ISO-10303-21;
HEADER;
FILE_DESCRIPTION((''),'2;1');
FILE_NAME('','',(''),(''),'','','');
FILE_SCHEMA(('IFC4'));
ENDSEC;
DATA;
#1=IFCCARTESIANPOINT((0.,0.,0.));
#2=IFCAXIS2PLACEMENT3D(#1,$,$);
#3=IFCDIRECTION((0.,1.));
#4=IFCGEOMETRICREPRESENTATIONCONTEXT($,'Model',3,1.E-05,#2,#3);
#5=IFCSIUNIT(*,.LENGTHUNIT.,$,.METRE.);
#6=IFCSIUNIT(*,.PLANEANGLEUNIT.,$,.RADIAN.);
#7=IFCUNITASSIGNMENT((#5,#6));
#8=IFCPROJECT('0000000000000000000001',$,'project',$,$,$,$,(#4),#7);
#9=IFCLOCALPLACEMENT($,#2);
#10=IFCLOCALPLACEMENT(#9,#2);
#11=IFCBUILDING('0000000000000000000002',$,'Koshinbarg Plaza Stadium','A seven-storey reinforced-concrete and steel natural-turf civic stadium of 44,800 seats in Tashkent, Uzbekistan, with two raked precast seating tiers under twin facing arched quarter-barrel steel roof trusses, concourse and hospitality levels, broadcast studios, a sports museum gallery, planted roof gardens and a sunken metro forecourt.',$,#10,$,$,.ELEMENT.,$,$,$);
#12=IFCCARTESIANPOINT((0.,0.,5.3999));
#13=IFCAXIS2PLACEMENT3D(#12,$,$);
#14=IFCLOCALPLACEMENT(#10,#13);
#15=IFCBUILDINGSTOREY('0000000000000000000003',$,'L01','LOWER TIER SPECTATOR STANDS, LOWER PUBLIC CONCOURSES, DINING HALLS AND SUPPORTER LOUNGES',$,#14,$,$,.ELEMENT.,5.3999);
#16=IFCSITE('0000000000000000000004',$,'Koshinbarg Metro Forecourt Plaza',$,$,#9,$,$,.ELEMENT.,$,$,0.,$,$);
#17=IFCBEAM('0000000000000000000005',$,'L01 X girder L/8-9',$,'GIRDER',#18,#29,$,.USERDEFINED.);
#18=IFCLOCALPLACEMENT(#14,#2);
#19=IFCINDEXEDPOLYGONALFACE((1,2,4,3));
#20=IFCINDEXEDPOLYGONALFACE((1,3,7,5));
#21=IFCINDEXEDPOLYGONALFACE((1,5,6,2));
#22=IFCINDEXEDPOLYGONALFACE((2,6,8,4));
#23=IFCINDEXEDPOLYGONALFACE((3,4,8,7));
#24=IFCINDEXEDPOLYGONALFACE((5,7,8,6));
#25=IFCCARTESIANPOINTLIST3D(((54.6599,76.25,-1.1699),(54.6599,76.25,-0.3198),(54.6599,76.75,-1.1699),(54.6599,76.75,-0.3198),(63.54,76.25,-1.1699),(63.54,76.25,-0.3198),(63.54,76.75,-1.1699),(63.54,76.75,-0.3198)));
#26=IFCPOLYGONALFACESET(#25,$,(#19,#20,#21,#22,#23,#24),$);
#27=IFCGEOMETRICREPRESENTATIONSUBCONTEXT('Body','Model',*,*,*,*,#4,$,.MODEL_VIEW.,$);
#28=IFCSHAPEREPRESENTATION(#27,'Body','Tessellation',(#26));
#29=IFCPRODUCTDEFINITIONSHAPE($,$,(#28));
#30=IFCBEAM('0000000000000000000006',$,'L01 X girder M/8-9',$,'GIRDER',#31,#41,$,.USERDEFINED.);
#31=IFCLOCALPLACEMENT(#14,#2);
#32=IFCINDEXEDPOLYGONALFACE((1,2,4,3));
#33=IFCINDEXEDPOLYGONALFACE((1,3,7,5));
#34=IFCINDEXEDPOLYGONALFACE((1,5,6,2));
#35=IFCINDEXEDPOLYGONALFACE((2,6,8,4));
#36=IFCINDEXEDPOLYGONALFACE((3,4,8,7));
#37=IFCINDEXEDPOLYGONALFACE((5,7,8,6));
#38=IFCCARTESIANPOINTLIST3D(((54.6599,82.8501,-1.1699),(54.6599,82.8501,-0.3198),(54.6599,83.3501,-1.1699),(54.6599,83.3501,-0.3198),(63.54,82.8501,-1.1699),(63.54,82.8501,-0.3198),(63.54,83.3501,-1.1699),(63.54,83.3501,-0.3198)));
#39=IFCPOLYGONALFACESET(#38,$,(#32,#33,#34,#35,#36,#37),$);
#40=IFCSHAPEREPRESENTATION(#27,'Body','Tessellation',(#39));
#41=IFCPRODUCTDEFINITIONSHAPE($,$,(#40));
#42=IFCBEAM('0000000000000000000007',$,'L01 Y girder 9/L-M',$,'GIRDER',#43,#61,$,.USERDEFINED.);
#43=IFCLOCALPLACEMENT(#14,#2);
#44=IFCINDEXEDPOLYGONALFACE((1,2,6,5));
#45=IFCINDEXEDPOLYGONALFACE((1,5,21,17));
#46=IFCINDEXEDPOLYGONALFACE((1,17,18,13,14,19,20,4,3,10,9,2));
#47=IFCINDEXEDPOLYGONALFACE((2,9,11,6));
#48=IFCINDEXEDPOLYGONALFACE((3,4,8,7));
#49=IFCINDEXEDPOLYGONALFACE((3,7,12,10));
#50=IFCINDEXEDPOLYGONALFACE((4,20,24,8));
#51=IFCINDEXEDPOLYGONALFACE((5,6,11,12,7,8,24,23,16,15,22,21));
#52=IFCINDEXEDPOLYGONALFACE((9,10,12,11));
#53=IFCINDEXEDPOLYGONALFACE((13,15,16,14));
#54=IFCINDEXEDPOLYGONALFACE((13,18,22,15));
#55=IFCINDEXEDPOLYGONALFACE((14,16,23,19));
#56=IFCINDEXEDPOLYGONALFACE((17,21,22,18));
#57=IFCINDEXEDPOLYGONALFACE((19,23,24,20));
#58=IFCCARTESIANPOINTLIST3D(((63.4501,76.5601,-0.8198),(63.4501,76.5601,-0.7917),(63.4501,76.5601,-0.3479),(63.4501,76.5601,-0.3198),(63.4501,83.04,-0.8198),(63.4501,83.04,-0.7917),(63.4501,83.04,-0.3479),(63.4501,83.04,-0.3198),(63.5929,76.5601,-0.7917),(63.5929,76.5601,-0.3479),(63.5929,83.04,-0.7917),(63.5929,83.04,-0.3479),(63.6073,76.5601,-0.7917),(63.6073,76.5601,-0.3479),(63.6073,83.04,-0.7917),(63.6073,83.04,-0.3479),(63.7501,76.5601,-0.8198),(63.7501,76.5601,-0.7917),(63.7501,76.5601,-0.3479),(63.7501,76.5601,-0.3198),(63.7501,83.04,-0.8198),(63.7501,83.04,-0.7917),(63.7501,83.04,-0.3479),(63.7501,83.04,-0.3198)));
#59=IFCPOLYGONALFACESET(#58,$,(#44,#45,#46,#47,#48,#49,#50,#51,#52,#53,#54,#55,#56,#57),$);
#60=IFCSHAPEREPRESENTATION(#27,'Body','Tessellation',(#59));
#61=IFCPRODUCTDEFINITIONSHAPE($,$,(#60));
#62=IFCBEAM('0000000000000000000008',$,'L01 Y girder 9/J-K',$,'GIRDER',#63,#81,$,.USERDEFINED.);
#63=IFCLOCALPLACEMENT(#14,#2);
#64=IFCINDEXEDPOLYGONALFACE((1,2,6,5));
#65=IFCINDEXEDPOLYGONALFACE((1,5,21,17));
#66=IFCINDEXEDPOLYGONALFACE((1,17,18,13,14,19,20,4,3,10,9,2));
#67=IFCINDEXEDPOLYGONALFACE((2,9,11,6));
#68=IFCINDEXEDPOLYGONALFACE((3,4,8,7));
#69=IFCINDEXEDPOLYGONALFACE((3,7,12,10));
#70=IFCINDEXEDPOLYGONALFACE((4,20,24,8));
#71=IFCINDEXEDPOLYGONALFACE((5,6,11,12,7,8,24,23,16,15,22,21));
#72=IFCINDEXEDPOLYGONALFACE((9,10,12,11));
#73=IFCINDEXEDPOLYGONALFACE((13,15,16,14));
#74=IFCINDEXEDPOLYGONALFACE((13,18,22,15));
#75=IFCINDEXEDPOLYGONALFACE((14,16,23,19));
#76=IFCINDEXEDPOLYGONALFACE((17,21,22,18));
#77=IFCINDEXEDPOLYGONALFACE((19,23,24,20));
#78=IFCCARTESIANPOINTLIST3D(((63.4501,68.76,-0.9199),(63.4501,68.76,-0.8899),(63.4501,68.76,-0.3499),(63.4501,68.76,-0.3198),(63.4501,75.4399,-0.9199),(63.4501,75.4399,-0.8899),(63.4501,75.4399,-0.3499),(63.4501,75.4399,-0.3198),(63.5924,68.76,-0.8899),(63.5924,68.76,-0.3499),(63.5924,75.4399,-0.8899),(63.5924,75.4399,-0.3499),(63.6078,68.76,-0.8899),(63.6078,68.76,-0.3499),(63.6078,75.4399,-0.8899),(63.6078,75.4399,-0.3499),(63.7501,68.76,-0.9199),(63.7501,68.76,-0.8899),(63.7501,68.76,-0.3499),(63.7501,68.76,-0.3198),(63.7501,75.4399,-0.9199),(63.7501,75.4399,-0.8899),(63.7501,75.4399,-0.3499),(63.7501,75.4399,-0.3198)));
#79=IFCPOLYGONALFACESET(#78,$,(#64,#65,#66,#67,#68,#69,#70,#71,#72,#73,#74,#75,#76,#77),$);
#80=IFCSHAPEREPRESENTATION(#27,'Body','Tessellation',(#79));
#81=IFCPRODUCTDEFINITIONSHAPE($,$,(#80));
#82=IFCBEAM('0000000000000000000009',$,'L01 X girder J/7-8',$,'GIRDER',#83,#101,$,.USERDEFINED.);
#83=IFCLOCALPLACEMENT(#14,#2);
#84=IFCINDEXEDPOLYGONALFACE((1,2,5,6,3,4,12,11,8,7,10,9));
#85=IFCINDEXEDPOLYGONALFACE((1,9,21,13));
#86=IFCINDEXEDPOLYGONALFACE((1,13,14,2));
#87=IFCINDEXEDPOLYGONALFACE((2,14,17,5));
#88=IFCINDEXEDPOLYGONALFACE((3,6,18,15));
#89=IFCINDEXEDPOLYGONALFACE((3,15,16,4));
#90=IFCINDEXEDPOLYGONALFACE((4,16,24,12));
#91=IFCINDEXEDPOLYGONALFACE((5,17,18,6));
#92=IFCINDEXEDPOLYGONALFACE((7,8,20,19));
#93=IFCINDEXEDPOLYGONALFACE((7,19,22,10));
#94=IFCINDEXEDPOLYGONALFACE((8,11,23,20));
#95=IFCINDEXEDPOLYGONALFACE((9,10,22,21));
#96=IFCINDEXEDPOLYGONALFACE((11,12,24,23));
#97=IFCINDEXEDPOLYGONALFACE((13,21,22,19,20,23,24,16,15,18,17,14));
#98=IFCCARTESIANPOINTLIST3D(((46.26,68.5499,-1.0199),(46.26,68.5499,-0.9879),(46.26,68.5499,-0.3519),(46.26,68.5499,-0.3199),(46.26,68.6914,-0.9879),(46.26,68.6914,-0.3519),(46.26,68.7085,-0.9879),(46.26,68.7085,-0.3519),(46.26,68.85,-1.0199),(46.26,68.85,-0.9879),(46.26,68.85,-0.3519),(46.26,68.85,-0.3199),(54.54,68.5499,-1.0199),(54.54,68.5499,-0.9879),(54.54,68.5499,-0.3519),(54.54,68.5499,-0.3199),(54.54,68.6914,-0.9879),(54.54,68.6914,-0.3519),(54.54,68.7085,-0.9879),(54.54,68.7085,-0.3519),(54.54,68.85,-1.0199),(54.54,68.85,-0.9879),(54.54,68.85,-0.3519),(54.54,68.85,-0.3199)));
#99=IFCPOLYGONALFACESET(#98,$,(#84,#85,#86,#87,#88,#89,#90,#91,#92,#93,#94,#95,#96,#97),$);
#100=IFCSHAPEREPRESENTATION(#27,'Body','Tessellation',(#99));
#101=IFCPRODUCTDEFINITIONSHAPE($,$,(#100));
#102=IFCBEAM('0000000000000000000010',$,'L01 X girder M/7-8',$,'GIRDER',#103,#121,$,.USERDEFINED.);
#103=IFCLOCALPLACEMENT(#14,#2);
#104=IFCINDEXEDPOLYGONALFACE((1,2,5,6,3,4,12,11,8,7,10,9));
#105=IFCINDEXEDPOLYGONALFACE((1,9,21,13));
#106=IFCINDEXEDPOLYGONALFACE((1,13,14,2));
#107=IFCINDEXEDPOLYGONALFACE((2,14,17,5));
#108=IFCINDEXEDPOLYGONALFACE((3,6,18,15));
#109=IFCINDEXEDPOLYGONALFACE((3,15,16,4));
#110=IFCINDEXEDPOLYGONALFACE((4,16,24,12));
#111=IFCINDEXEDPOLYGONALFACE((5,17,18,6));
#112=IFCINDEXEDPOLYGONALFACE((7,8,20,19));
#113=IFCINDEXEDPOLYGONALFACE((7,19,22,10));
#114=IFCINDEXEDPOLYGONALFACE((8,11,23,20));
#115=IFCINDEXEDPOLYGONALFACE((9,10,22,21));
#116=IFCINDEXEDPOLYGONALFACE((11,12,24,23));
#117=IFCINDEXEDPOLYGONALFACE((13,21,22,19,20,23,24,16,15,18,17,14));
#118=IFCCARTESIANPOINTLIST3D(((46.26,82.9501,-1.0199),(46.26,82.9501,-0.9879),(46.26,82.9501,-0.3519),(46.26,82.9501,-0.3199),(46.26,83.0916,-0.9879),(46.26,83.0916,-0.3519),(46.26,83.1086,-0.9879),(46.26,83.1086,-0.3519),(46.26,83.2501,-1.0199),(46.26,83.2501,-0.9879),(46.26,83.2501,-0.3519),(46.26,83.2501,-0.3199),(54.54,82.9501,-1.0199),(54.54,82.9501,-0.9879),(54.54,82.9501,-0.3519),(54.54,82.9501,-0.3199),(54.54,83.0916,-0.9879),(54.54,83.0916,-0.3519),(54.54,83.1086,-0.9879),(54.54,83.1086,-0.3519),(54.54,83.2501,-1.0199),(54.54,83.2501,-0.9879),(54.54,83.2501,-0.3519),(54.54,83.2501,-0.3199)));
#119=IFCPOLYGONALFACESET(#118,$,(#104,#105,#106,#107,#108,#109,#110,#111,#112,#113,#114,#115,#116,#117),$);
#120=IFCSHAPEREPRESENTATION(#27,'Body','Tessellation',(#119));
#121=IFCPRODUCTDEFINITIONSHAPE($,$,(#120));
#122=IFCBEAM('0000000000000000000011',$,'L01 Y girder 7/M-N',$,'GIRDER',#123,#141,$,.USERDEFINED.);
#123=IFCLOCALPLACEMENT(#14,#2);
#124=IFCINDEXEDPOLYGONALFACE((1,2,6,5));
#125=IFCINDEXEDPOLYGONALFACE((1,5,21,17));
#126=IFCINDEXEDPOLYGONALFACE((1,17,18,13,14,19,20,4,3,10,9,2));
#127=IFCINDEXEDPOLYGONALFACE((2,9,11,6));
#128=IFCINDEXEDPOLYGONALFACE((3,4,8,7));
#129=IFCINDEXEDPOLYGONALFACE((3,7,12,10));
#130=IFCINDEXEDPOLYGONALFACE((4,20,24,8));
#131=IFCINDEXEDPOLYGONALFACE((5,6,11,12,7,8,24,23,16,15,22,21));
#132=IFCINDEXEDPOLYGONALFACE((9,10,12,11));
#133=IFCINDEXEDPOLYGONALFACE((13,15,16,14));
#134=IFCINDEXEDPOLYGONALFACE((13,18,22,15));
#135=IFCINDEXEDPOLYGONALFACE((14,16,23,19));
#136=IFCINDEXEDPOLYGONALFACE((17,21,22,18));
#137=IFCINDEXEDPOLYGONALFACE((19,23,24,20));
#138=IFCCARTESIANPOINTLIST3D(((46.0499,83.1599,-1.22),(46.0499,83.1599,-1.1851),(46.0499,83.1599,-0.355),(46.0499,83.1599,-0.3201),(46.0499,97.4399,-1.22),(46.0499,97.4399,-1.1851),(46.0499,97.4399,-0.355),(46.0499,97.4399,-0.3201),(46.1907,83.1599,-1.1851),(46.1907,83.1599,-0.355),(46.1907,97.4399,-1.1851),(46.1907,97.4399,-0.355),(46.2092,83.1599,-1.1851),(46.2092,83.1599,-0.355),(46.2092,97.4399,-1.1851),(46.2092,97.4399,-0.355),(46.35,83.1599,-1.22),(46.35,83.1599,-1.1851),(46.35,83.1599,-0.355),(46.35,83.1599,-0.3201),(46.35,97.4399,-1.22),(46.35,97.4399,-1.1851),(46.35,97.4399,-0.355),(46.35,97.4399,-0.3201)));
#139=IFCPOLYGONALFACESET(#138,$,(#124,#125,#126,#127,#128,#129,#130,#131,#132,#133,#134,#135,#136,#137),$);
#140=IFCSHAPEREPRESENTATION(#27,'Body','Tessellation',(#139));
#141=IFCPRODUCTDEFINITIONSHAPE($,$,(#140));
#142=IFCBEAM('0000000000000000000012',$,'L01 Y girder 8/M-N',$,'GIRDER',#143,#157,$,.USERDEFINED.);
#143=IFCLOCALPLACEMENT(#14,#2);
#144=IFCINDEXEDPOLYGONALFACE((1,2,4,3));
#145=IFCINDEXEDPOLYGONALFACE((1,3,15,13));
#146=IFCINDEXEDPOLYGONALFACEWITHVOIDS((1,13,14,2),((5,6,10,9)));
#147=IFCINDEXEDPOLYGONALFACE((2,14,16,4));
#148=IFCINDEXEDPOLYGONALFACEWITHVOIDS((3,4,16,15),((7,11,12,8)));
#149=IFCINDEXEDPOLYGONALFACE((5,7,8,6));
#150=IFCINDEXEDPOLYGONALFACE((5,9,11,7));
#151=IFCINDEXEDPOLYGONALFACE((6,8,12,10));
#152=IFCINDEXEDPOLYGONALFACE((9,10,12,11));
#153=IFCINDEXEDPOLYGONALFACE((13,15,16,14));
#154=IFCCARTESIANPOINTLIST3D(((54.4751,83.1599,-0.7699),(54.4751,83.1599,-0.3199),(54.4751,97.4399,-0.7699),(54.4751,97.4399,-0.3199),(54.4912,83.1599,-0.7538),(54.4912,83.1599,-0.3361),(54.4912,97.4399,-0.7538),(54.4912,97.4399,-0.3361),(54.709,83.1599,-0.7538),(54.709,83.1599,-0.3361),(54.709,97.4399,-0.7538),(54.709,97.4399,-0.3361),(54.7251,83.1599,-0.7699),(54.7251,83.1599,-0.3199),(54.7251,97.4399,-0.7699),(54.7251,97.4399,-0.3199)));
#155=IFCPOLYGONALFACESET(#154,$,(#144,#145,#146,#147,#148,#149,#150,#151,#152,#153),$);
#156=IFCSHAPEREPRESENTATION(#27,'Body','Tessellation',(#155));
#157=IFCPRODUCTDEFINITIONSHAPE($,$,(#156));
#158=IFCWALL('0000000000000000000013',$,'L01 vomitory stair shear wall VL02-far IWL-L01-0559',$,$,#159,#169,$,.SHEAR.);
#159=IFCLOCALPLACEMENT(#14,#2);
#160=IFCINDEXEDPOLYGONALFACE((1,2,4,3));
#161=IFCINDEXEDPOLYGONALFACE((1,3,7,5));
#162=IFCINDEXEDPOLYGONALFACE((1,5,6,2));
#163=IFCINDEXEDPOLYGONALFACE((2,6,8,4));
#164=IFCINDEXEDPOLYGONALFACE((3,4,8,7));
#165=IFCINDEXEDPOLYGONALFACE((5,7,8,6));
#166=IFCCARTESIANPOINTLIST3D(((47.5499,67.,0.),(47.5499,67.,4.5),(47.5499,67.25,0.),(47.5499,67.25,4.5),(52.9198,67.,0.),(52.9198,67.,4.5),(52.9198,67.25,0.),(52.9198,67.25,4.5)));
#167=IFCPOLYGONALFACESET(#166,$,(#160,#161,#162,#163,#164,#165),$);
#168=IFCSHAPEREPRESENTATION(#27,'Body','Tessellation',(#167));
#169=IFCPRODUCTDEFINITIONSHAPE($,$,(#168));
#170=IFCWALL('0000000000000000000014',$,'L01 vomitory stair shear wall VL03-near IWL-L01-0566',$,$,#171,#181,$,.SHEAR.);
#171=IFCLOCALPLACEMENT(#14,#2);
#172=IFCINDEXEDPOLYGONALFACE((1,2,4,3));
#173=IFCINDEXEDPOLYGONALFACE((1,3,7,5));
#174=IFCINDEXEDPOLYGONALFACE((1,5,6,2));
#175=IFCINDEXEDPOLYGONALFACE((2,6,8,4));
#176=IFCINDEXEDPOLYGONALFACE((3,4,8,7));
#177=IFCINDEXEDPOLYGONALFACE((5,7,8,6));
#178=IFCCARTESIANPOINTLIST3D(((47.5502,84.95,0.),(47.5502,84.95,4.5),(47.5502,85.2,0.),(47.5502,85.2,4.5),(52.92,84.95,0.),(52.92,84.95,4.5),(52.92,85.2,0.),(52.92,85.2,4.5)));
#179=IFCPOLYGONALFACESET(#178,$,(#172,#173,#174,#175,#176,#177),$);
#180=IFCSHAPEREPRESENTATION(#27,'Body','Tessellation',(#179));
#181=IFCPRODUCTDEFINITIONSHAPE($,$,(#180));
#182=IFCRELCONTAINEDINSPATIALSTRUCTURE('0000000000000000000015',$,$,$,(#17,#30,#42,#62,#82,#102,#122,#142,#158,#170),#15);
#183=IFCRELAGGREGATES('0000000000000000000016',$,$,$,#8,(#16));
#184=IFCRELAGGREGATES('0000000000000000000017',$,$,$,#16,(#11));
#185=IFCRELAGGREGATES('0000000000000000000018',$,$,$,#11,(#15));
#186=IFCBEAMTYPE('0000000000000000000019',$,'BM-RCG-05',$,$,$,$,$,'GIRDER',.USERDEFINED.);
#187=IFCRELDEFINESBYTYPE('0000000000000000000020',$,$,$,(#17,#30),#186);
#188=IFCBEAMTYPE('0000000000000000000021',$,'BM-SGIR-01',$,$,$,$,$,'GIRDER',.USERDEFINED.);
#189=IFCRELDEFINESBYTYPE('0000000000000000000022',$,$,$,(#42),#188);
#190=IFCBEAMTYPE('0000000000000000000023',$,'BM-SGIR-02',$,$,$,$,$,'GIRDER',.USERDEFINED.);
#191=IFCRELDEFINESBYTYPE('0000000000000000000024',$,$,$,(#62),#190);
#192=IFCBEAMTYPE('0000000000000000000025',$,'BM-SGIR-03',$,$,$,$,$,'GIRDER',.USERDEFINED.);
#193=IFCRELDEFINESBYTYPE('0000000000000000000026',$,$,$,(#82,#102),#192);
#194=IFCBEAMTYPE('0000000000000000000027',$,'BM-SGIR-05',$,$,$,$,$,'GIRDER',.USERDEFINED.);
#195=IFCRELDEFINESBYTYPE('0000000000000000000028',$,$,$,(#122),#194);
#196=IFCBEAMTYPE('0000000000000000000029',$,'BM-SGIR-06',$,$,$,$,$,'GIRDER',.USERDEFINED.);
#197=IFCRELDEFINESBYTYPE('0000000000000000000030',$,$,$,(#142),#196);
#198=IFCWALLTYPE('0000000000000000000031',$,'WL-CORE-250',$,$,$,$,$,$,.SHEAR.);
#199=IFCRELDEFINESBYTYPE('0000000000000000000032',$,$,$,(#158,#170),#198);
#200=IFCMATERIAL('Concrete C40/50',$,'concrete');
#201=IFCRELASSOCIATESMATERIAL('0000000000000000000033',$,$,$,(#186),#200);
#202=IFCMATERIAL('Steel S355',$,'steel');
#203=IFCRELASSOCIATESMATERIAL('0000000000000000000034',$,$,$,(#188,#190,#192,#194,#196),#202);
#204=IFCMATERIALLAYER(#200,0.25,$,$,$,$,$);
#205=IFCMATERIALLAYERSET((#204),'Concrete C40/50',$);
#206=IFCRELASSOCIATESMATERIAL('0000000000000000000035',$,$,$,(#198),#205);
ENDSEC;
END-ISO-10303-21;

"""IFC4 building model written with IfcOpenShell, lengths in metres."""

from ifc_helpers import new_model, si_unit, direction, frame, frame_2d, origin, origin_2d, place, context, subcontext, project, spatial, rectangle, hollow_rectangle, i_section, extrude, material, layer, layer_set, material_profile, profile_set, type_object, element, save


model = new_model("IFC4")

# Units and contexts
model_context = context("Model", 3, precision=1e-05, world=origin(), true_north=direction((0.0, 1.0)))
body_context = subcontext(model_context, "Body", "Model", "MODEL_VIEW")
ifc_project = project(units=[si_unit("LENGTHUNIT", "METRE"), si_unit("PLANEANGLEUNIT", "RADIAN")], contexts=[model_context])

# Site, building, storey
site_placement = place(None, origin())
site = spatial("IfcSite", under=ifc_project, at=site_placement, Name="Koshinbarg Metro Forecourt Plaza", CompositionType="ELEMENT", RefElevation=0.0)
building_placement = place(site_placement, origin())
building = spatial("IfcBuilding", under=site, at=building_placement, Name="Koshinbarg Plaza Stadium", Description="A seven-storey reinforced-concrete and steel natural-turf civic stadium of 44,800 seats in Tashkent, Uzbekistan, with two raked precast seating tiers under twin facing arched quarter-barrel steel roof trusses, concourse and hospitality levels, broadcast studios, a sports museum gallery, planted roof gardens and a sunken metro forecourt.", CompositionType="ELEMENT")
storey_placement = place(building_placement, frame((0.0, 0.0, 5.3999)))
storey = spatial("IfcBuildingStorey", under=building, at=storey_placement, Name="L01", Description="LOWER TIER SPECTATOR STANDS, LOWER PUBLIC CONCOURSES, DINING HALLS AND SUPPORTER LOUNGES", CompositionType="ELEMENT", Elevation=5.3999)

# Shared definitions
ifc_material_1 = material(Name="Concrete C40/50", Category="concrete")

# Beams
ifc_material_profile_1 = material_profile(ifc_material_1, rectangle(XDim=0.5, YDim=0.8501, at=origin_2d()), Name="RC 500x850")
ifc_profile_set_1 = profile_set([ifc_material_profile_1], Name="Concrete C40/50")
beam_type_1 = type_object("IfcBeamType", Name="BM-RCG-05", ElementType="GIRDER", PredefinedType="USERDEFINED", material=ifc_profile_set_1)
for number, where, z_axis, x_axis, name in (
    (1, (54.6599, 76.5, -0.7449), (1.0, 0.0, 0.0), (0.0, 1.0, 0.0), "L01 X girder L/8-9"),
    (2, (54.6599, 83.1001, -0.7449), (1.0, 0.0, 0.0), (0.0, 1.0, 0.0), "L01 X girder M/8-9"),
):
    element("IfcBeam", number, at=place(storey_placement, frame(where, z_axis=z_axis, x_axis=x_axis)), inside=storey, type_object=beam_type_1, Name=name, ObjectType="GIRDER", PredefinedType="USERDEFINED", context=body_context, shape_type="SweptSolid", body=[
        extrude(rectangle(XDim=0.5, YDim=0.8501, at=origin_2d()), origin(), (0.0, 0.0, 1.0), 8.8801),
    ])
ifc_material_2 = material(Name="Steel S355", Category="steel")
ifc_material_profile_2 = material_profile(ifc_material_2, i_section(OverallWidth=0.3, OverallDepth=0.5, WebThickness=0.0144, FlangeThickness=0.0281, at=origin_2d()), Name="HEB 500")
ifc_profile_set_2 = profile_set([ifc_material_profile_2], Name="Steel S355")
beam_type_2 = type_object("IfcBeamType", Name="BM-SGIR-01", ElementType="GIRDER", PredefinedType="USERDEFINED", material=ifc_profile_set_2)
beam_1_placement = place(storey_placement, frame((63.6001, 76.5601, -0.5698), z_axis=(0.0, 1.0, 0.0), x_axis=(-1.0, 0.0, 0.0)))
element("IfcBeam", 3, at=beam_1_placement, inside=storey, type_object=beam_type_2, Name="L01 Y girder 9/L-M", ObjectType="GIRDER", PredefinedType="USERDEFINED", context=body_context, shape_type="SweptSolid", body=[
    extrude(i_section(OverallWidth=0.3, OverallDepth=0.5, WebThickness=0.0144, FlangeThickness=0.0281, at=origin_2d()), origin(), (0.0, 0.0, 1.0), 6.48),
])
ifc_material_profile_3 = material_profile(ifc_material_2, i_section(OverallWidth=0.3, OverallDepth=0.6001, WebThickness=0.0154, FlangeThickness=0.03, at=origin_2d()), Name="HEB 600")
ifc_profile_set_3 = profile_set([ifc_material_profile_3], Name="Steel S355")
beam_type_3 = type_object("IfcBeamType", Name="BM-SGIR-02", ElementType="GIRDER", PredefinedType="USERDEFINED", material=ifc_profile_set_3)
beam_2_placement = place(storey_placement, frame((63.6001, 68.76, -0.6199), z_axis=(0.0, 1.0, 0.0), x_axis=(-1.0, 0.0, 0.0)))
element("IfcBeam", 4, at=beam_2_placement, inside=storey, type_object=beam_type_3, Name="L01 Y girder 9/J-K", ObjectType="GIRDER", PredefinedType="USERDEFINED", context=body_context, shape_type="SweptSolid", body=[
    extrude(i_section(OverallWidth=0.3, OverallDepth=0.6001, WebThickness=0.0154, FlangeThickness=0.03, at=origin_2d()), origin(), (0.0, 0.0, 1.0), 6.6799),
])
ifc_material_profile_4 = material_profile(ifc_material_2, i_section(OverallWidth=0.3, OverallDepth=0.7, WebThickness=0.0171, FlangeThickness=0.032, at=origin_2d()), Name="HEB 700")
ifc_profile_set_4 = profile_set([ifc_material_profile_4], Name="Steel S355")
beam_type_4 = type_object("IfcBeamType", Name="BM-SGIR-03", ElementType="GIRDER", PredefinedType="USERDEFINED", material=ifc_profile_set_4)
for number, where, z_axis, x_axis, name in (
    (5, (46.26, 68.7, -0.6699), (1.0, 0.0, 0.0), (0.0, 1.0, 0.0), "L01 X girder J/7-8"),
    (6, (46.26, 83.1001, -0.6699), (1.0, 0.0, 0.0), (0.0, 1.0, 0.0), "L01 X girder M/7-8"),
):
    element("IfcBeam", number, at=place(storey_placement, frame(where, z_axis=z_axis, x_axis=x_axis)), inside=storey, type_object=beam_type_4, Name=name, ObjectType="GIRDER", PredefinedType="USERDEFINED", context=body_context, shape_type="SweptSolid", body=[
        extrude(i_section(OverallWidth=0.3, OverallDepth=0.7, WebThickness=0.0171, FlangeThickness=0.032, at=origin_2d()), origin(), (0.0, 0.0, 1.0), 8.28),
    ])
ifc_material_profile_5 = material_profile(ifc_material_2, i_section(OverallWidth=0.3, OverallDepth=0.8999, WebThickness=0.0186, FlangeThickness=0.0349, at=origin_2d()), Name="HEB 900")
ifc_profile_set_5 = profile_set([ifc_material_profile_5], Name="Steel S355")
beam_type_5 = type_object("IfcBeamType", Name="BM-SGIR-05", ElementType="GIRDER", PredefinedType="USERDEFINED", material=ifc_profile_set_5)
beam_3_placement = place(storey_placement, frame((46.2, 83.1599, -0.77), z_axis=(0.0, 1.0, 0.0), x_axis=(-1.0, 0.0, 0.0)))
element("IfcBeam", 7, at=beam_3_placement, inside=storey, type_object=beam_type_5, Name="L01 Y girder 7/M-N", ObjectType="GIRDER", PredefinedType="USERDEFINED", context=body_context, shape_type="SweptSolid", body=[
    extrude(i_section(OverallWidth=0.3, OverallDepth=0.8999, WebThickness=0.0186, FlangeThickness=0.0349, at=origin_2d()), origin(), (0.0, 0.0, 1.0), 14.28),
])
ifc_material_profile_6 = material_profile(ifc_material_2, hollow_rectangle(XDim=0.25, YDim=0.45, WallThickness=0.0161, at=origin_2d()), Name="RHS 450x250x16")
ifc_profile_set_6 = profile_set([ifc_material_profile_6], Name="Steel S355")
beam_type_6 = type_object("IfcBeamType", Name="BM-SGIR-06", ElementType="GIRDER", PredefinedType="USERDEFINED", material=ifc_profile_set_6)
beam_4_placement = place(storey_placement, frame((54.6001, 83.1599, -0.5449), z_axis=(0.0, 1.0, 0.0), x_axis=(-1.0, 0.0, 0.0)))
element("IfcBeam", 8, at=beam_4_placement, inside=storey, type_object=beam_type_6, Name="L01 Y girder 8/M-N", ObjectType="GIRDER", PredefinedType="USERDEFINED", context=body_context, shape_type="SweptSolid", body=[
    extrude(hollow_rectangle(XDim=0.25, YDim=0.45, WallThickness=0.0161, at=origin_2d()), origin(), (0.0, 0.0, 1.0), 14.28),
])

# Walls
ifc_layer = layer(ifc_material_1, 0.25)
ifc_layer_set = layer_set([ifc_layer], Name="Concrete C40/50")
wall_type = type_object("IfcWallType", Name="WL-CORE-250", PredefinedType="SHEAR", material=ifc_layer_set)
for number, where, z_axis, x_axis, name in (
    (9, (52.9199, 67.125, 0.0), (0.0, 0.0, 1.0), (-1.0, 0.0, 0.0), "L01 vomitory stair shear wall VL02-far IWL-L01-0559"),
    (10, (47.55, 85.075, 0.0), (0.0, 0.0, 1.0), (1.0, 0.0, 0.0), "L01 vomitory stair shear wall VL03-near IWL-L01-0566"),
):
    element("IfcWall", number, at=place(storey_placement, frame(where, z_axis=z_axis, x_axis=x_axis)), inside=storey, type_object=wall_type, Name=name, PredefinedType="SHEAR", context=body_context, shape_type="SweptSolid", body=[
        extrude(rectangle(XDim=5.3699, YDim=0.25, at=frame_2d((2.6851, 0.0))), origin(), (0.0, 0.0, 1.0), 4.5),
    ])

save(model, "model.ifc")
